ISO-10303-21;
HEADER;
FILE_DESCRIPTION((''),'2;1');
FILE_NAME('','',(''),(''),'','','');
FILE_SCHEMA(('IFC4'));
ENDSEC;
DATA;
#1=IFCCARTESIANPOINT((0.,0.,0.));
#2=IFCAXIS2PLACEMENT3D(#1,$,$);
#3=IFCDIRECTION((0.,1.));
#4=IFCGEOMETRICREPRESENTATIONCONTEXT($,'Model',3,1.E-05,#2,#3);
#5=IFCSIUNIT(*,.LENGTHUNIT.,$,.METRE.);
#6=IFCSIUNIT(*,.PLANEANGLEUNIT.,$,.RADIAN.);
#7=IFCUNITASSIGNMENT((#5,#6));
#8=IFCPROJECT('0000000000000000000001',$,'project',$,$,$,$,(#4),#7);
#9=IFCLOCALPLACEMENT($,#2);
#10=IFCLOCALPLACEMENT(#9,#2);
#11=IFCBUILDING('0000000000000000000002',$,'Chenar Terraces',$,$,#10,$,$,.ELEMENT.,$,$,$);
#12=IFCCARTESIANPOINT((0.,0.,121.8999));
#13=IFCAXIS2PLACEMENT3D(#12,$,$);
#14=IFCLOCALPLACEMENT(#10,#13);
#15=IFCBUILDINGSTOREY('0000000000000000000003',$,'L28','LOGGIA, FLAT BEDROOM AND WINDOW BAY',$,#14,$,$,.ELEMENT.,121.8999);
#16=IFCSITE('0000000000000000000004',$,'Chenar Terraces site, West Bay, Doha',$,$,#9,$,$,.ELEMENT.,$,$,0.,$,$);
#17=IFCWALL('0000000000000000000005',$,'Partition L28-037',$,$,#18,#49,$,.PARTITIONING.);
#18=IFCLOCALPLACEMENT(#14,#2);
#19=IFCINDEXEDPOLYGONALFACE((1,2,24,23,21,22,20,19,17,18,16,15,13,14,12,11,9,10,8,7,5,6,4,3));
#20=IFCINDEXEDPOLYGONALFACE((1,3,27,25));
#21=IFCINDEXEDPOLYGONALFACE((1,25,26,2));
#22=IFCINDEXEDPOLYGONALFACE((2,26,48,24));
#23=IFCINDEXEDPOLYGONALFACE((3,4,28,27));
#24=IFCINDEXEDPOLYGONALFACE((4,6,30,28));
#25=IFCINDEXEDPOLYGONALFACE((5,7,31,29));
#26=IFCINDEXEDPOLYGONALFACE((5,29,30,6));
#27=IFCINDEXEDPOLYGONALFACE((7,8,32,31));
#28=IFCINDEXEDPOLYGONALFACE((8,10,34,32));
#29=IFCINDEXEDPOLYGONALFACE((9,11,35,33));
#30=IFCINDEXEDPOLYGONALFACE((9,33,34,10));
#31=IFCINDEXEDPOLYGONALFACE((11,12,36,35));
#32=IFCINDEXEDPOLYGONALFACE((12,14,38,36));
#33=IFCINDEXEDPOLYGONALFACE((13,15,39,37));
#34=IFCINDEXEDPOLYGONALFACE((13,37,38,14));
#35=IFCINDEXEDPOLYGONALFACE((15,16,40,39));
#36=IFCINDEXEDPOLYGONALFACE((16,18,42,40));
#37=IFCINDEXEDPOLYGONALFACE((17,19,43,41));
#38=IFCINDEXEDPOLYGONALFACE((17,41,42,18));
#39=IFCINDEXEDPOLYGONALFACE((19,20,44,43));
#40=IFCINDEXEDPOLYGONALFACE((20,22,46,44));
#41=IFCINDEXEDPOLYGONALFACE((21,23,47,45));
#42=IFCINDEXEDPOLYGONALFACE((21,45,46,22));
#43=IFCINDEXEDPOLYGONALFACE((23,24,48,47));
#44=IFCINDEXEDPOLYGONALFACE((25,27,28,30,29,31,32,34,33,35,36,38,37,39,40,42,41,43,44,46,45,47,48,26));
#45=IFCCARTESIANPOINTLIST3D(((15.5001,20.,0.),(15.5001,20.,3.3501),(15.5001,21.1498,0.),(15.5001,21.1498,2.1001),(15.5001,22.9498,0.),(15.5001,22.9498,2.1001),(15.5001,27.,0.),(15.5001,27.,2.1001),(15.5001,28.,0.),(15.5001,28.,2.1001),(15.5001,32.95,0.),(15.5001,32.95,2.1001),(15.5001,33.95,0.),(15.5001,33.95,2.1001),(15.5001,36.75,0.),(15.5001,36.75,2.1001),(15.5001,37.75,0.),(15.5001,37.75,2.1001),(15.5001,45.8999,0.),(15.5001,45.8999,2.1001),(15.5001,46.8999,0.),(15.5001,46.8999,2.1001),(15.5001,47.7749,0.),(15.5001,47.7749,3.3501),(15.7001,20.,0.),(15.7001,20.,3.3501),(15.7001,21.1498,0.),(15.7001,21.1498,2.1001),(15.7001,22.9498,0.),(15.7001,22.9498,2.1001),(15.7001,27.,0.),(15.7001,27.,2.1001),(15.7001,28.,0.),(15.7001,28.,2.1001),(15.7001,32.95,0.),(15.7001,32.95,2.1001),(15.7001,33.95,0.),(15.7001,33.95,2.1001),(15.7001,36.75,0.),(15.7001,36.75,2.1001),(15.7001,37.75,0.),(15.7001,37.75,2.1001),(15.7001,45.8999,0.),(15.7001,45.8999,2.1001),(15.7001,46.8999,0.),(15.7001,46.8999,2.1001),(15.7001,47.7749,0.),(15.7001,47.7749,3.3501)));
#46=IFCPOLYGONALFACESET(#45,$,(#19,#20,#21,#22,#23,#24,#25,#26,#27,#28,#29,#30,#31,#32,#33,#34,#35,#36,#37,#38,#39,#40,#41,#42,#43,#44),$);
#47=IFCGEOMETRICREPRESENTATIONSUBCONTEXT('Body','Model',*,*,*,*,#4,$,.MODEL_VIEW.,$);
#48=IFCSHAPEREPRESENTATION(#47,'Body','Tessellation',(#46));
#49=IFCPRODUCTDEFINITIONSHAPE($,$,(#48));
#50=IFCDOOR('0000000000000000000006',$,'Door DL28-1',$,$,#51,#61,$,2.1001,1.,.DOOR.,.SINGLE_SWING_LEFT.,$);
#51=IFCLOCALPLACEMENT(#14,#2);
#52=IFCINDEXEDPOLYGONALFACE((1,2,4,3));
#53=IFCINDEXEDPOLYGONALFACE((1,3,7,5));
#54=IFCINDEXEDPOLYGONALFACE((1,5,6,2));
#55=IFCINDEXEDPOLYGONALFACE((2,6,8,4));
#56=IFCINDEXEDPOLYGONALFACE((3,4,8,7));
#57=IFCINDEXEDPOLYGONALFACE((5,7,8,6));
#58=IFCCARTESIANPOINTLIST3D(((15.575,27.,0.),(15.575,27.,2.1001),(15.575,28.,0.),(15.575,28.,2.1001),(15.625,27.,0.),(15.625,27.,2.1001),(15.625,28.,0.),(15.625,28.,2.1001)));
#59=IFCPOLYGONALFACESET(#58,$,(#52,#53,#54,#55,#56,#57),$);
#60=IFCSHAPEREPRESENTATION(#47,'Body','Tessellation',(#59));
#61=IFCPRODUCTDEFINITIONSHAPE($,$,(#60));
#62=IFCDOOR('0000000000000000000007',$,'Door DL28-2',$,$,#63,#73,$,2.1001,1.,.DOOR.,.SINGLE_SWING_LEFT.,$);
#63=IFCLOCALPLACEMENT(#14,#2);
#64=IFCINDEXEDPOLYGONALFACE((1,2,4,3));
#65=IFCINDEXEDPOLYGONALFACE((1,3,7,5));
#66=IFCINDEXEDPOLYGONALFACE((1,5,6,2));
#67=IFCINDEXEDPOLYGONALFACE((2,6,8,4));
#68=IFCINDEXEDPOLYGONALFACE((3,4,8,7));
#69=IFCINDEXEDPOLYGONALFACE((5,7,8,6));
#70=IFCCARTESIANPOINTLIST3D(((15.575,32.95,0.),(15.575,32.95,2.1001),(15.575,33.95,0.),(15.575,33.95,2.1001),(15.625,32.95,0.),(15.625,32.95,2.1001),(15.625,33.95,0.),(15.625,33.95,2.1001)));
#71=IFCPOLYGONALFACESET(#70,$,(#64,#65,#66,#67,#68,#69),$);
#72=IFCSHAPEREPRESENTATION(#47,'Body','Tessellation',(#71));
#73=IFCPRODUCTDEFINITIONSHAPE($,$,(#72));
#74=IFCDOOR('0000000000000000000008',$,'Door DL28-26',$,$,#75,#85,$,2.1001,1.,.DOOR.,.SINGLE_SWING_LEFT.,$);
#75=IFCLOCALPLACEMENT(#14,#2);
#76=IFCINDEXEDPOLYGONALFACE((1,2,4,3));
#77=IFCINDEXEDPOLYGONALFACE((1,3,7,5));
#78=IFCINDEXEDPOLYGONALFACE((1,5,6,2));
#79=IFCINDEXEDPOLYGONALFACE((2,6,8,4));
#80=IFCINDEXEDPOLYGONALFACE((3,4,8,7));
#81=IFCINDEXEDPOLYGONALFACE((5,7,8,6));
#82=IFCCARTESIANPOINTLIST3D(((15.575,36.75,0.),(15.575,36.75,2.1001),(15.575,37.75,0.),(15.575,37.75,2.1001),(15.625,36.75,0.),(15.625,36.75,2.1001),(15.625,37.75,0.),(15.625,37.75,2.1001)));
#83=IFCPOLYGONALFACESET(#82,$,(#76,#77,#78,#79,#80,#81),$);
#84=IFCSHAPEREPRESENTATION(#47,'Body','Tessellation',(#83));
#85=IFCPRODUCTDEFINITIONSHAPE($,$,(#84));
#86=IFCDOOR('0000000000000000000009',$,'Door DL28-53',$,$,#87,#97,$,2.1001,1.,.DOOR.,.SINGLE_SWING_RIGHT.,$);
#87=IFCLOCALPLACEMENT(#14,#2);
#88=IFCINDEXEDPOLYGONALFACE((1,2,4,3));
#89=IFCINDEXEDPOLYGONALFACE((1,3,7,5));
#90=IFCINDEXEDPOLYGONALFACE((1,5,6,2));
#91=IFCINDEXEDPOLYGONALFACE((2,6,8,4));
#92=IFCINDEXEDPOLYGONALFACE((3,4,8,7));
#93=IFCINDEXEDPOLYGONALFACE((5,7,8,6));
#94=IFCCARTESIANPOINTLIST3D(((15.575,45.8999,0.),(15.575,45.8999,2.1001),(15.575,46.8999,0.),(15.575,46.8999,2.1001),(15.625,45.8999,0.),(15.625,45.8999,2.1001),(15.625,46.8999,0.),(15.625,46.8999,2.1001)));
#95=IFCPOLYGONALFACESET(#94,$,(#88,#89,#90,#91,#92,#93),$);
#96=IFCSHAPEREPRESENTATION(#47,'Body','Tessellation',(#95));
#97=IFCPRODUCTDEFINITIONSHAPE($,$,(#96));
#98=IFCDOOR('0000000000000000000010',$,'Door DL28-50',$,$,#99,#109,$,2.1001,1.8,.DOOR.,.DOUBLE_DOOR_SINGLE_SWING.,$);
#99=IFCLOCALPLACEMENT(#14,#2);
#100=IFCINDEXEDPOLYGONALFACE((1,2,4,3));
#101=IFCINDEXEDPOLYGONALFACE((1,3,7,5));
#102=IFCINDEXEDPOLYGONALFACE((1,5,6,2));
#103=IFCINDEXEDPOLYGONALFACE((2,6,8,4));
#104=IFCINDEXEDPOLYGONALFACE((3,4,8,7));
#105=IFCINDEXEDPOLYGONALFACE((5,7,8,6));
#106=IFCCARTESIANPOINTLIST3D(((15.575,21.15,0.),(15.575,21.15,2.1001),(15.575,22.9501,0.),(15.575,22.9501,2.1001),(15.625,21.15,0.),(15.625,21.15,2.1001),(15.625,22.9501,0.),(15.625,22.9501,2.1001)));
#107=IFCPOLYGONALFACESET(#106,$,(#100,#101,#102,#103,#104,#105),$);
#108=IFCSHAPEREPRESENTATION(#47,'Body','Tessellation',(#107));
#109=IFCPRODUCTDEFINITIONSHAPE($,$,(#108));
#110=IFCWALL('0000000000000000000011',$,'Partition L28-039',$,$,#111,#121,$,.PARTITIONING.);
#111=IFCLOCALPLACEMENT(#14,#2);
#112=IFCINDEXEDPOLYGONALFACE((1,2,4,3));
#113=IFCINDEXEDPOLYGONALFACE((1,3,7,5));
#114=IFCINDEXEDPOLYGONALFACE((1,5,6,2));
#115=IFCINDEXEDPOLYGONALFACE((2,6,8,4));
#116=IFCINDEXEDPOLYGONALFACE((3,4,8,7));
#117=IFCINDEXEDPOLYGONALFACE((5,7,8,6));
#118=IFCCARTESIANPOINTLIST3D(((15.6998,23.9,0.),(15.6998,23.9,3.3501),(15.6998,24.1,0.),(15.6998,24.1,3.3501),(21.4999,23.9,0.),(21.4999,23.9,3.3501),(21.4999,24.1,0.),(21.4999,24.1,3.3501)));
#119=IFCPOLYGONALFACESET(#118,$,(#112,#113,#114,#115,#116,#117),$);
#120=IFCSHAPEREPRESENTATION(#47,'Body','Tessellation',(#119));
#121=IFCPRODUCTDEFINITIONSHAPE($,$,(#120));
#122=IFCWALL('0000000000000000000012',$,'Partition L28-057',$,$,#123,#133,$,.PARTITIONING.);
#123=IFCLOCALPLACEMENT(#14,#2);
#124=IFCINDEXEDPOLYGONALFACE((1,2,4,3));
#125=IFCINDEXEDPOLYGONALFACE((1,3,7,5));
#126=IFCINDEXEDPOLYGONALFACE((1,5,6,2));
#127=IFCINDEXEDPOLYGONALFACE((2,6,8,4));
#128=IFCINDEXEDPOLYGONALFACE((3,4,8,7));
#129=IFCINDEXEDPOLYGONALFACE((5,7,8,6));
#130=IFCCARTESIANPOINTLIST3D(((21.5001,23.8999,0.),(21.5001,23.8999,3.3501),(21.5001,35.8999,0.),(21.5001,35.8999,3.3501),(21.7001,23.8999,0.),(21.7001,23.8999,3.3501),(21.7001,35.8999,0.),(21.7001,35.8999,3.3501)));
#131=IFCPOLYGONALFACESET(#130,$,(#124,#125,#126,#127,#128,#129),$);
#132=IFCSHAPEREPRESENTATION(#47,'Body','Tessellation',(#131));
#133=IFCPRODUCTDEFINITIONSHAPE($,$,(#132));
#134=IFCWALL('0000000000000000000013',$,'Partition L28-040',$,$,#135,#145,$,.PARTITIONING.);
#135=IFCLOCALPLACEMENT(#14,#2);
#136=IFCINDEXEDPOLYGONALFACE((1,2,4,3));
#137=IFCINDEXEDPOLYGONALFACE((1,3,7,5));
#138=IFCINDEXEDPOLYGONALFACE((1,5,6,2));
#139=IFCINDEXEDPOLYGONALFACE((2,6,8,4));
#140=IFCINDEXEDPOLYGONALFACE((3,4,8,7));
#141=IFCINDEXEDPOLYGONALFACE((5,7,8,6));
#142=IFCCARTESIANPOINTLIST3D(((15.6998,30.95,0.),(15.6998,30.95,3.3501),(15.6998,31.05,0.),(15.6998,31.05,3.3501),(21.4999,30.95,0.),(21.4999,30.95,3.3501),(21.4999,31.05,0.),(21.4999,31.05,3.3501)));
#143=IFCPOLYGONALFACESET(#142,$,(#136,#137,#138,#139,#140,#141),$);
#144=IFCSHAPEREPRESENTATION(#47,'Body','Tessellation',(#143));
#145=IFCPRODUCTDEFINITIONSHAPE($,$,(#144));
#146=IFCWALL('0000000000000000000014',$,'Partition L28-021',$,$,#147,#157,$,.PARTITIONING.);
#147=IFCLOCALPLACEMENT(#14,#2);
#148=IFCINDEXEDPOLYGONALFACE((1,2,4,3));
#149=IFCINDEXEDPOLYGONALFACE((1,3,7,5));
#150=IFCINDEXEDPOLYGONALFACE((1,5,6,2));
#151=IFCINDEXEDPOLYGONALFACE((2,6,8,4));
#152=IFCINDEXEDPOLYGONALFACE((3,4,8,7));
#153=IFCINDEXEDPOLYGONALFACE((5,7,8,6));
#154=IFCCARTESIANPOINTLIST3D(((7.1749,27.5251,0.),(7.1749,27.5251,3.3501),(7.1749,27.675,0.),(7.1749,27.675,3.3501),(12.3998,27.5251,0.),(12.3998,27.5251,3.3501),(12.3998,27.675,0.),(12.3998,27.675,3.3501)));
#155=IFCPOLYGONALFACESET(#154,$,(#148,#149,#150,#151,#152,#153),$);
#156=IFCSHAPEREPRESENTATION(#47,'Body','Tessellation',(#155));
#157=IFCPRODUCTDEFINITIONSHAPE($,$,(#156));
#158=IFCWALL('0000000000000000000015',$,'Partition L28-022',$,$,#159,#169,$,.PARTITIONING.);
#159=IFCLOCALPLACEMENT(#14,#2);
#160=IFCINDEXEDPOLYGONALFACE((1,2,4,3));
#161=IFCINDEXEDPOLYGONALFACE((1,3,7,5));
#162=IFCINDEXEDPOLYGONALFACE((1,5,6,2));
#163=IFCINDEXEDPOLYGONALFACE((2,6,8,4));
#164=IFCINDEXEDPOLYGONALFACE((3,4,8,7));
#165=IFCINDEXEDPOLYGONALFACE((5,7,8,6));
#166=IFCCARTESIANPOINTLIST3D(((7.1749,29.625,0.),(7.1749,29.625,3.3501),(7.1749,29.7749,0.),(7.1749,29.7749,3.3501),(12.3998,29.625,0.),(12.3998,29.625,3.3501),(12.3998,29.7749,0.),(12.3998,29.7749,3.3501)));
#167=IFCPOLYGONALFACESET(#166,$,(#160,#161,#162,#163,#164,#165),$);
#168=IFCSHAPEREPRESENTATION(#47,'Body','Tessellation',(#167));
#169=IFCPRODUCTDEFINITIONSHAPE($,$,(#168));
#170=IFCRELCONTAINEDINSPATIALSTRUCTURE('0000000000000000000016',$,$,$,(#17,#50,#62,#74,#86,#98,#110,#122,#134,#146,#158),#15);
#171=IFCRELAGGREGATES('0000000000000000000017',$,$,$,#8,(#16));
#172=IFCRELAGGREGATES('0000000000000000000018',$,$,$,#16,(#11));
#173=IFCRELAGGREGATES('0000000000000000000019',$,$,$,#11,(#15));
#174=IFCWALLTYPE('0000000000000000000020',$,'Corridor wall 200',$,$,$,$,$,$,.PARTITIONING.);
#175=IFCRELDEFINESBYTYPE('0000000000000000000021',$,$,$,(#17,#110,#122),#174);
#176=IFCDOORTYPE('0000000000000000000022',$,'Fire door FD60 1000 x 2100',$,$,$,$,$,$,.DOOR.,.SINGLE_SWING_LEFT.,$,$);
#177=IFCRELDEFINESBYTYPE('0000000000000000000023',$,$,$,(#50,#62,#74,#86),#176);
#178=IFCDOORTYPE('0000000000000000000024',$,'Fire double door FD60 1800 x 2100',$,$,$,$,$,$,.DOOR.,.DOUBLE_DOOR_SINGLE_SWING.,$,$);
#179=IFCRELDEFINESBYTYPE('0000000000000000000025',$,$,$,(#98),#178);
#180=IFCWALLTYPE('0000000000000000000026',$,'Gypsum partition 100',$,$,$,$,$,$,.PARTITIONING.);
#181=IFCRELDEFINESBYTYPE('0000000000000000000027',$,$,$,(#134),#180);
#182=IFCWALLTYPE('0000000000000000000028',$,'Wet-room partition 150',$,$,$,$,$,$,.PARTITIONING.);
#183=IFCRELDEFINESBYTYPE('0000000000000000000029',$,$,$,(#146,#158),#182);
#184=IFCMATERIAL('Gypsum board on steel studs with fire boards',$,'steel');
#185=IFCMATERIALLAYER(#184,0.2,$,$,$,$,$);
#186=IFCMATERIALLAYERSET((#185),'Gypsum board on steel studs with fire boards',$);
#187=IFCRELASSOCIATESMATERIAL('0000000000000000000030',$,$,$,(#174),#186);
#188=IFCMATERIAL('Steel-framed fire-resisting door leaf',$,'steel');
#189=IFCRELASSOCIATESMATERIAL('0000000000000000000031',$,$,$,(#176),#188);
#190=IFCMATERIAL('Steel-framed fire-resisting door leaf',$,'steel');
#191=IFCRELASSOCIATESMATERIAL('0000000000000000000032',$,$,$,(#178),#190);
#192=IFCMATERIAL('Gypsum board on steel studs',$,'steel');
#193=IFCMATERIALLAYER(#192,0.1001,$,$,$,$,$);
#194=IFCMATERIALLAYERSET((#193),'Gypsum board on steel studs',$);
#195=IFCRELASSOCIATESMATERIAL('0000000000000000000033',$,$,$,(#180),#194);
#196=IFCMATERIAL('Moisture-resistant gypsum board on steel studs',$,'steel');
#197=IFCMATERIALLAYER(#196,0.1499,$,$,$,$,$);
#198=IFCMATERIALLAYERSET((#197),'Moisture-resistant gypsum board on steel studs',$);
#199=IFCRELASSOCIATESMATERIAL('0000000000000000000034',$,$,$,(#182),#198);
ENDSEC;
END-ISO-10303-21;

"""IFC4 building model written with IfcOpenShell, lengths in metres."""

from ifc_helpers import new_model, si_unit, direction, frame, frame_2d, origin, place, context, subcontext, project, spatial, rectangle, extrude, material, layer, layer_set, type_object, element, fill, save


model = new_model("IFC4")

# Units and contexts
model_context = context("Model", 3, precision=1e-05, world=origin(), true_north=direction((0.0, 1.0)))
body_context = subcontext(model_context, "Body", "Model", "MODEL_VIEW")
ifc_project = project(units=[si_unit("LENGTHUNIT", "METRE"), si_unit("PLANEANGLEUNIT", "RADIAN")], contexts=[model_context])

# Site, building, storey
site_placement = place(None, origin())
site = spatial("IfcSite", under=ifc_project, at=site_placement, Name="Chenar Terraces site, West Bay, Doha", CompositionType="ELEMENT", RefElevation=0.0)
building_placement = place(site_placement, origin())
building = spatial("IfcBuilding", under=site, at=building_placement, Name="Chenar Terraces", CompositionType="ELEMENT")
storey_placement = place(building_placement, frame((0.0, 0.0, 121.8999)))
storey = spatial("IfcBuildingStorey", under=building, at=storey_placement, Name="L28", Description="LOGGIA, FLAT BEDROOM AND WINDOW BAY", CompositionType="ELEMENT", Elevation=121.8999)

# Wall, openings, doors
ifc_material_1 = material(Name="Gypsum board on steel studs with fire boards", Category="steel")
ifc_layer_1 = layer(ifc_material_1, 0.2)
ifc_layer_set_1 = layer_set([ifc_layer_1], Name="Gypsum board on steel studs with fire boards")
wall_type_1 = type_object("IfcWallType", Name="Corridor wall 200", PredefinedType="PARTITIONING", material=ifc_layer_set_1)
wall_1_placement = place(storey_placement, frame((15.6001, 20.0, 0.0), z_axis=(0.0, 0.0, 1.0), x_axis=(0.0, 1.0, 0.0)))
wall_1 = element("IfcWall", 1, at=wall_1_placement, inside=storey, type_object=wall_type_1, Name="Partition L28-037", PredefinedType="PARTITIONING", context=body_context, shape_type="SweptSolid", body=[
    extrude(rectangle(XDim=27.7749, YDim=0.2, at=frame_2d((13.8875, 0.0))), origin(), (0.0, 0.0, 1.0), 3.3501),
])
opening_1_placement = place(wall_1_placement, frame((7.0, 0.0, 0.0)))
opening_1 = element("IfcOpeningElement", 2, at=opening_1_placement, cuts=wall_1, PredefinedType="OPENING", context=body_context, shape_type="SweptSolid", body=[
    extrude(rectangle(XDim=1.0, YDim=2.1001, at=frame_2d((0.5, 1.05))), frame((0.0, 0.1099, 0.0), z_axis=(0.0, -1.0, 0.0), x_axis=(1.0, 0.0, 0.0)), (0.0, 0.0, 1.0), 0.22),
])
opening_2_placement = place(wall_1_placement, frame((12.95, 0.0, 0.0)))
opening_2 = element("IfcOpeningElement", 3, at=opening_2_placement, cuts=wall_1, PredefinedType="OPENING", context=body_context, shape_type="SweptSolid", body=[
    extrude(rectangle(XDim=1.0, YDim=2.1001, at=frame_2d((0.5, 1.05))), frame((0.0, 0.1099, 0.0), z_axis=(0.0, -1.0, 0.0), x_axis=(1.0, 0.0, 0.0)), (0.0, 0.0, 1.0), 0.22),
])
opening_3_placement = place(wall_1_placement, frame((16.75, 0.0, 0.0)))
opening_3 = element("IfcOpeningElement", 4, at=opening_3_placement, cuts=wall_1, PredefinedType="OPENING", context=body_context, shape_type="SweptSolid", body=[
    extrude(rectangle(XDim=1.0, YDim=2.1001, at=frame_2d((0.5, 1.05))), frame((0.0, 0.1099, 0.0), z_axis=(0.0, -1.0, 0.0), x_axis=(1.0, 0.0, 0.0)), (0.0, 0.0, 1.0), 0.22),
])
opening_4_placement = place(wall_1_placement, frame((1.1499, 0.0, 0.0)))
opening_4 = element("IfcOpeningElement", 5, at=opening_4_placement, cuts=wall_1, PredefinedType="OPENING", context=body_context, shape_type="SweptSolid", body=[
    extrude(rectangle(XDim=1.8, YDim=2.1001, at=frame_2d((0.8999, 1.05))), frame((0.0, 0.1099, 0.0), z_axis=(0.0, -1.0, 0.0), x_axis=(1.0, 0.0, 0.0)), (0.0, 0.0, 1.0), 0.22),
])
opening_5_placement = place(wall_1_placement, frame((25.8999, 0.0, 0.0)))
opening_5 = element("IfcOpeningElement", 6, at=opening_5_placement, cuts=wall_1, PredefinedType="OPENING", context=body_context, shape_type="SweptSolid", body=[
    extrude(rectangle(XDim=1.0, YDim=2.1001, at=frame_2d((0.5, 1.05))), frame((0.0, 0.1099, 0.0), z_axis=(0.0, -1.0, 0.0), x_axis=(1.0, 0.0, 0.0)), (0.0, 0.0, 1.0), 0.22),
])
ifc_material_2 = material(Name="Steel-framed fire-resisting door leaf", Category="steel")
door_type_1 = type_object("IfcDoorType", Name="Fire door FD60 1000 x 2100", OperationType="SINGLE_SWING_LEFT", PredefinedType="DOOR", material=ifc_material_2)
door_1_placement = place(opening_1_placement, frame((1.0, 0.0, 0.0), z_axis=(0.0, 0.0, 1.0), x_axis=(-1.0, 0.0, 0.0)))
door_1 = element("IfcDoor", 7, at=door_1_placement, inside=storey, type_object=door_type_1, Name="Door DL28-1", OperationType="SINGLE_SWING_LEFT", OverallHeight=2.1001, OverallWidth=1.0, PredefinedType="DOOR", context=body_context, shape_type="SweptSolid", body=[
    extrude(rectangle(XDim=1.0, YDim=2.1001, at=frame_2d((0.5, 1.05))), frame((0.0, 0.0249, 0.0), z_axis=(0.0, -1.0, 0.0), x_axis=(1.0, 0.0, 0.0)), (0.0, 0.0, 1.0), 0.05),
])
fill(opening_1, door_1)
door_2_placement = place(opening_2_placement, frame((1.0, 0.0, 0.0), z_axis=(0.0, 0.0, 1.0), x_axis=(-1.0, 0.0, 0.0)))
door_2 = element("IfcDoor", 8, at=door_2_placement, inside=storey, type_object=door_type_1, Name="Door DL28-2", OperationType="SINGLE_SWING_LEFT", OverallHeight=2.1001, OverallWidth=1.0, PredefinedType="DOOR", context=body_context, shape_type="SweptSolid", body=[
    extrude(rectangle(XDim=1.0, YDim=2.1001, at=frame_2d((0.5, 1.05))), frame((0.0, 0.0249, 0.0), z_axis=(0.0, -1.0, 0.0), x_axis=(1.0, 0.0, 0.0)), (0.0, 0.0, 1.0), 0.05),
])
fill(opening_2, door_2)
door_3_placement = place(opening_3_placement, frame((1.0, 0.0, 0.0), z_axis=(0.0, 0.0, 1.0), x_axis=(-1.0, 0.0, 0.0)))
door_3 = element("IfcDoor", 9, at=door_3_placement, inside=storey, type_object=door_type_1, Name="Door DL28-26", OperationType="SINGLE_SWING_LEFT", OverallHeight=2.1001, OverallWidth=1.0, PredefinedType="DOOR", context=body_context, shape_type="SweptSolid", body=[
    extrude(rectangle(XDim=1.0, YDim=2.1001, at=frame_2d((0.5, 1.05))), frame((0.0, 0.0249, 0.0), z_axis=(0.0, -1.0, 0.0), x_axis=(1.0, 0.0, 0.0)), (0.0, 0.0, 1.0), 0.05),
])
fill(opening_3, door_3)
door_4_placement = place(opening_5_placement, frame((1.0, 0.0, 0.0), z_axis=(0.0, 0.0, 1.0), x_axis=(-1.0, 0.0, 0.0)))
door_4 = element("IfcDoor", 10, at=door_4_placement, inside=storey, type_object=door_type_1, Name="Door DL28-53", OperationType="SINGLE_SWING_RIGHT", OverallHeight=2.1001, OverallWidth=1.0, PredefinedType="DOOR", context=body_context, shape_type="SweptSolid", body=[
    extrude(rectangle(XDim=1.0, YDim=2.1001, at=frame_2d((0.5, 1.05))), frame((0.0, 0.0249, 0.0), z_axis=(0.0, -1.0, 0.0), x_axis=(1.0, 0.0, 0.0)), (0.0, 0.0, 1.0), 0.05),
])
fill(opening_5, door_4)
ifc_material_3 = material(Name="Steel-framed fire-resisting door leaf", Category="steel")
door_type_2 = type_object("IfcDoorType", Name="Fire double door FD60 1800 x 2100", OperationType="DOUBLE_DOOR_SINGLE_SWING", PredefinedType="DOOR", material=ifc_material_3)
door_5_placement = place(opening_4_placement, frame((1.8, 0.0, 0.0), z_axis=(0.0, 0.0, 1.0), x_axis=(-1.0, 0.0, 0.0)))
door_5 = element("IfcDoor", 11, at=door_5_placement, inside=storey, type_object=door_type_2, Name="Door DL28-50", OperationType="DOUBLE_DOOR_SINGLE_SWING", OverallHeight=2.1001, OverallWidth=1.8, PredefinedType="DOOR", context=body_context, shape_type="SweptSolid", body=[
    extrude(rectangle(XDim=1.8, YDim=2.1001, at=frame_2d((0.8999, 1.05))), frame((0.0, 0.0249, 0.0), z_axis=(0.0, -1.0, 0.0), x_axis=(1.0, 0.0, 0.0)), (0.0, 0.0, 1.0), 0.05),
])
fill(opening_4, door_5)

# Walls
wall_2_placement = place(storey_placement, frame((15.7, 24.0, 0.0), z_axis=(0.0, 0.0, 1.0), x_axis=(1.0, 0.0, 0.0)))
element("IfcWall", 12, at=wall_2_placement, inside=storey, type_object=wall_type_1, Name="Partition L28-039", PredefinedType="PARTITIONING", context=body_context, shape_type="SweptSolid", body=[
    extrude(rectangle(XDim=5.8, YDim=0.2, at=frame_2d((2.8999, 0.0))), origin(), (0.0, 0.0, 1.0), 3.3501),
])
wall_3_placement = place(storey_placement, frame((21.6001, 23.8999, 0.0), z_axis=(0.0, 0.0, 1.0), x_axis=(0.0, 1.0, 0.0)))
element("IfcWall", 13, at=wall_3_placement, inside=storey, type_object=wall_type_1, Name="Partition L28-057", PredefinedType="PARTITIONING", context=body_context, shape_type="SweptSolid", body=[
    extrude(rectangle(XDim=12.0, YDim=0.2, at=frame_2d((6.0, 0.0))), origin(), (0.0, 0.0, 1.0), 3.3501),
])
ifc_material_4 = material(Name="Gypsum board on steel studs", Category="steel")
ifc_layer_2 = layer(ifc_material_4, 0.1001)
ifc_layer_set_2 = layer_set([ifc_layer_2], Name="Gypsum board on steel studs")
wall_type_2 = type_object("IfcWallType", Name="Gypsum partition 100", PredefinedType="PARTITIONING", material=ifc_layer_set_2)
wall_4_placement = place(storey_placement, frame((15.7, 31.0, 0.0), z_axis=(0.0, 0.0, 1.0), x_axis=(1.0, 0.0, 0.0)))
element("IfcWall", 14, at=wall_4_placement, inside=storey, type_object=wall_type_2, Name="Partition L28-040", PredefinedType="PARTITIONING", context=body_context, shape_type="SweptSolid", body=[
    extrude(rectangle(XDim=5.8, YDim=0.1001, at=frame_2d((2.8999, 0.0))), origin(), (0.0, 0.0, 1.0), 3.3501),
])
ifc_material_5 = material(Name="Moisture-resistant gypsum board on steel studs", Category="steel")
ifc_layer_3 = layer(ifc_material_5, 0.1499)
ifc_layer_set_3 = layer_set([ifc_layer_3], Name="Moisture-resistant gypsum board on steel studs")
wall_type_3 = type_object("IfcWallType", Name="Wet-room partition 150", PredefinedType="PARTITIONING", material=ifc_layer_set_3)
for number, where, z_axis, x_axis, name in (
    (15, (7.175, 27.6001, 0.0), (0.0, 0.0, 1.0), (1.0, 0.0, 0.0), "Partition L28-021"),
    (16, (7.175, 29.7, 0.0), (0.0, 0.0, 1.0), (1.0, 0.0, 0.0), "Partition L28-022"),
):
    element("IfcWall", number, at=place(storey_placement, frame(where, z_axis=z_axis, x_axis=x_axis)), inside=storey, type_object=wall_type_3, Name=name, PredefinedType="PARTITIONING", context=body_context, shape_type="SweptSolid", body=[
        extrude(rectangle(XDim=5.2249, YDim=0.1499, at=frame_2d((2.6123, 0.0))), origin(), (0.0, 0.0, 1.0), 3.3501),
    ])

save(model, "model.ifc")
